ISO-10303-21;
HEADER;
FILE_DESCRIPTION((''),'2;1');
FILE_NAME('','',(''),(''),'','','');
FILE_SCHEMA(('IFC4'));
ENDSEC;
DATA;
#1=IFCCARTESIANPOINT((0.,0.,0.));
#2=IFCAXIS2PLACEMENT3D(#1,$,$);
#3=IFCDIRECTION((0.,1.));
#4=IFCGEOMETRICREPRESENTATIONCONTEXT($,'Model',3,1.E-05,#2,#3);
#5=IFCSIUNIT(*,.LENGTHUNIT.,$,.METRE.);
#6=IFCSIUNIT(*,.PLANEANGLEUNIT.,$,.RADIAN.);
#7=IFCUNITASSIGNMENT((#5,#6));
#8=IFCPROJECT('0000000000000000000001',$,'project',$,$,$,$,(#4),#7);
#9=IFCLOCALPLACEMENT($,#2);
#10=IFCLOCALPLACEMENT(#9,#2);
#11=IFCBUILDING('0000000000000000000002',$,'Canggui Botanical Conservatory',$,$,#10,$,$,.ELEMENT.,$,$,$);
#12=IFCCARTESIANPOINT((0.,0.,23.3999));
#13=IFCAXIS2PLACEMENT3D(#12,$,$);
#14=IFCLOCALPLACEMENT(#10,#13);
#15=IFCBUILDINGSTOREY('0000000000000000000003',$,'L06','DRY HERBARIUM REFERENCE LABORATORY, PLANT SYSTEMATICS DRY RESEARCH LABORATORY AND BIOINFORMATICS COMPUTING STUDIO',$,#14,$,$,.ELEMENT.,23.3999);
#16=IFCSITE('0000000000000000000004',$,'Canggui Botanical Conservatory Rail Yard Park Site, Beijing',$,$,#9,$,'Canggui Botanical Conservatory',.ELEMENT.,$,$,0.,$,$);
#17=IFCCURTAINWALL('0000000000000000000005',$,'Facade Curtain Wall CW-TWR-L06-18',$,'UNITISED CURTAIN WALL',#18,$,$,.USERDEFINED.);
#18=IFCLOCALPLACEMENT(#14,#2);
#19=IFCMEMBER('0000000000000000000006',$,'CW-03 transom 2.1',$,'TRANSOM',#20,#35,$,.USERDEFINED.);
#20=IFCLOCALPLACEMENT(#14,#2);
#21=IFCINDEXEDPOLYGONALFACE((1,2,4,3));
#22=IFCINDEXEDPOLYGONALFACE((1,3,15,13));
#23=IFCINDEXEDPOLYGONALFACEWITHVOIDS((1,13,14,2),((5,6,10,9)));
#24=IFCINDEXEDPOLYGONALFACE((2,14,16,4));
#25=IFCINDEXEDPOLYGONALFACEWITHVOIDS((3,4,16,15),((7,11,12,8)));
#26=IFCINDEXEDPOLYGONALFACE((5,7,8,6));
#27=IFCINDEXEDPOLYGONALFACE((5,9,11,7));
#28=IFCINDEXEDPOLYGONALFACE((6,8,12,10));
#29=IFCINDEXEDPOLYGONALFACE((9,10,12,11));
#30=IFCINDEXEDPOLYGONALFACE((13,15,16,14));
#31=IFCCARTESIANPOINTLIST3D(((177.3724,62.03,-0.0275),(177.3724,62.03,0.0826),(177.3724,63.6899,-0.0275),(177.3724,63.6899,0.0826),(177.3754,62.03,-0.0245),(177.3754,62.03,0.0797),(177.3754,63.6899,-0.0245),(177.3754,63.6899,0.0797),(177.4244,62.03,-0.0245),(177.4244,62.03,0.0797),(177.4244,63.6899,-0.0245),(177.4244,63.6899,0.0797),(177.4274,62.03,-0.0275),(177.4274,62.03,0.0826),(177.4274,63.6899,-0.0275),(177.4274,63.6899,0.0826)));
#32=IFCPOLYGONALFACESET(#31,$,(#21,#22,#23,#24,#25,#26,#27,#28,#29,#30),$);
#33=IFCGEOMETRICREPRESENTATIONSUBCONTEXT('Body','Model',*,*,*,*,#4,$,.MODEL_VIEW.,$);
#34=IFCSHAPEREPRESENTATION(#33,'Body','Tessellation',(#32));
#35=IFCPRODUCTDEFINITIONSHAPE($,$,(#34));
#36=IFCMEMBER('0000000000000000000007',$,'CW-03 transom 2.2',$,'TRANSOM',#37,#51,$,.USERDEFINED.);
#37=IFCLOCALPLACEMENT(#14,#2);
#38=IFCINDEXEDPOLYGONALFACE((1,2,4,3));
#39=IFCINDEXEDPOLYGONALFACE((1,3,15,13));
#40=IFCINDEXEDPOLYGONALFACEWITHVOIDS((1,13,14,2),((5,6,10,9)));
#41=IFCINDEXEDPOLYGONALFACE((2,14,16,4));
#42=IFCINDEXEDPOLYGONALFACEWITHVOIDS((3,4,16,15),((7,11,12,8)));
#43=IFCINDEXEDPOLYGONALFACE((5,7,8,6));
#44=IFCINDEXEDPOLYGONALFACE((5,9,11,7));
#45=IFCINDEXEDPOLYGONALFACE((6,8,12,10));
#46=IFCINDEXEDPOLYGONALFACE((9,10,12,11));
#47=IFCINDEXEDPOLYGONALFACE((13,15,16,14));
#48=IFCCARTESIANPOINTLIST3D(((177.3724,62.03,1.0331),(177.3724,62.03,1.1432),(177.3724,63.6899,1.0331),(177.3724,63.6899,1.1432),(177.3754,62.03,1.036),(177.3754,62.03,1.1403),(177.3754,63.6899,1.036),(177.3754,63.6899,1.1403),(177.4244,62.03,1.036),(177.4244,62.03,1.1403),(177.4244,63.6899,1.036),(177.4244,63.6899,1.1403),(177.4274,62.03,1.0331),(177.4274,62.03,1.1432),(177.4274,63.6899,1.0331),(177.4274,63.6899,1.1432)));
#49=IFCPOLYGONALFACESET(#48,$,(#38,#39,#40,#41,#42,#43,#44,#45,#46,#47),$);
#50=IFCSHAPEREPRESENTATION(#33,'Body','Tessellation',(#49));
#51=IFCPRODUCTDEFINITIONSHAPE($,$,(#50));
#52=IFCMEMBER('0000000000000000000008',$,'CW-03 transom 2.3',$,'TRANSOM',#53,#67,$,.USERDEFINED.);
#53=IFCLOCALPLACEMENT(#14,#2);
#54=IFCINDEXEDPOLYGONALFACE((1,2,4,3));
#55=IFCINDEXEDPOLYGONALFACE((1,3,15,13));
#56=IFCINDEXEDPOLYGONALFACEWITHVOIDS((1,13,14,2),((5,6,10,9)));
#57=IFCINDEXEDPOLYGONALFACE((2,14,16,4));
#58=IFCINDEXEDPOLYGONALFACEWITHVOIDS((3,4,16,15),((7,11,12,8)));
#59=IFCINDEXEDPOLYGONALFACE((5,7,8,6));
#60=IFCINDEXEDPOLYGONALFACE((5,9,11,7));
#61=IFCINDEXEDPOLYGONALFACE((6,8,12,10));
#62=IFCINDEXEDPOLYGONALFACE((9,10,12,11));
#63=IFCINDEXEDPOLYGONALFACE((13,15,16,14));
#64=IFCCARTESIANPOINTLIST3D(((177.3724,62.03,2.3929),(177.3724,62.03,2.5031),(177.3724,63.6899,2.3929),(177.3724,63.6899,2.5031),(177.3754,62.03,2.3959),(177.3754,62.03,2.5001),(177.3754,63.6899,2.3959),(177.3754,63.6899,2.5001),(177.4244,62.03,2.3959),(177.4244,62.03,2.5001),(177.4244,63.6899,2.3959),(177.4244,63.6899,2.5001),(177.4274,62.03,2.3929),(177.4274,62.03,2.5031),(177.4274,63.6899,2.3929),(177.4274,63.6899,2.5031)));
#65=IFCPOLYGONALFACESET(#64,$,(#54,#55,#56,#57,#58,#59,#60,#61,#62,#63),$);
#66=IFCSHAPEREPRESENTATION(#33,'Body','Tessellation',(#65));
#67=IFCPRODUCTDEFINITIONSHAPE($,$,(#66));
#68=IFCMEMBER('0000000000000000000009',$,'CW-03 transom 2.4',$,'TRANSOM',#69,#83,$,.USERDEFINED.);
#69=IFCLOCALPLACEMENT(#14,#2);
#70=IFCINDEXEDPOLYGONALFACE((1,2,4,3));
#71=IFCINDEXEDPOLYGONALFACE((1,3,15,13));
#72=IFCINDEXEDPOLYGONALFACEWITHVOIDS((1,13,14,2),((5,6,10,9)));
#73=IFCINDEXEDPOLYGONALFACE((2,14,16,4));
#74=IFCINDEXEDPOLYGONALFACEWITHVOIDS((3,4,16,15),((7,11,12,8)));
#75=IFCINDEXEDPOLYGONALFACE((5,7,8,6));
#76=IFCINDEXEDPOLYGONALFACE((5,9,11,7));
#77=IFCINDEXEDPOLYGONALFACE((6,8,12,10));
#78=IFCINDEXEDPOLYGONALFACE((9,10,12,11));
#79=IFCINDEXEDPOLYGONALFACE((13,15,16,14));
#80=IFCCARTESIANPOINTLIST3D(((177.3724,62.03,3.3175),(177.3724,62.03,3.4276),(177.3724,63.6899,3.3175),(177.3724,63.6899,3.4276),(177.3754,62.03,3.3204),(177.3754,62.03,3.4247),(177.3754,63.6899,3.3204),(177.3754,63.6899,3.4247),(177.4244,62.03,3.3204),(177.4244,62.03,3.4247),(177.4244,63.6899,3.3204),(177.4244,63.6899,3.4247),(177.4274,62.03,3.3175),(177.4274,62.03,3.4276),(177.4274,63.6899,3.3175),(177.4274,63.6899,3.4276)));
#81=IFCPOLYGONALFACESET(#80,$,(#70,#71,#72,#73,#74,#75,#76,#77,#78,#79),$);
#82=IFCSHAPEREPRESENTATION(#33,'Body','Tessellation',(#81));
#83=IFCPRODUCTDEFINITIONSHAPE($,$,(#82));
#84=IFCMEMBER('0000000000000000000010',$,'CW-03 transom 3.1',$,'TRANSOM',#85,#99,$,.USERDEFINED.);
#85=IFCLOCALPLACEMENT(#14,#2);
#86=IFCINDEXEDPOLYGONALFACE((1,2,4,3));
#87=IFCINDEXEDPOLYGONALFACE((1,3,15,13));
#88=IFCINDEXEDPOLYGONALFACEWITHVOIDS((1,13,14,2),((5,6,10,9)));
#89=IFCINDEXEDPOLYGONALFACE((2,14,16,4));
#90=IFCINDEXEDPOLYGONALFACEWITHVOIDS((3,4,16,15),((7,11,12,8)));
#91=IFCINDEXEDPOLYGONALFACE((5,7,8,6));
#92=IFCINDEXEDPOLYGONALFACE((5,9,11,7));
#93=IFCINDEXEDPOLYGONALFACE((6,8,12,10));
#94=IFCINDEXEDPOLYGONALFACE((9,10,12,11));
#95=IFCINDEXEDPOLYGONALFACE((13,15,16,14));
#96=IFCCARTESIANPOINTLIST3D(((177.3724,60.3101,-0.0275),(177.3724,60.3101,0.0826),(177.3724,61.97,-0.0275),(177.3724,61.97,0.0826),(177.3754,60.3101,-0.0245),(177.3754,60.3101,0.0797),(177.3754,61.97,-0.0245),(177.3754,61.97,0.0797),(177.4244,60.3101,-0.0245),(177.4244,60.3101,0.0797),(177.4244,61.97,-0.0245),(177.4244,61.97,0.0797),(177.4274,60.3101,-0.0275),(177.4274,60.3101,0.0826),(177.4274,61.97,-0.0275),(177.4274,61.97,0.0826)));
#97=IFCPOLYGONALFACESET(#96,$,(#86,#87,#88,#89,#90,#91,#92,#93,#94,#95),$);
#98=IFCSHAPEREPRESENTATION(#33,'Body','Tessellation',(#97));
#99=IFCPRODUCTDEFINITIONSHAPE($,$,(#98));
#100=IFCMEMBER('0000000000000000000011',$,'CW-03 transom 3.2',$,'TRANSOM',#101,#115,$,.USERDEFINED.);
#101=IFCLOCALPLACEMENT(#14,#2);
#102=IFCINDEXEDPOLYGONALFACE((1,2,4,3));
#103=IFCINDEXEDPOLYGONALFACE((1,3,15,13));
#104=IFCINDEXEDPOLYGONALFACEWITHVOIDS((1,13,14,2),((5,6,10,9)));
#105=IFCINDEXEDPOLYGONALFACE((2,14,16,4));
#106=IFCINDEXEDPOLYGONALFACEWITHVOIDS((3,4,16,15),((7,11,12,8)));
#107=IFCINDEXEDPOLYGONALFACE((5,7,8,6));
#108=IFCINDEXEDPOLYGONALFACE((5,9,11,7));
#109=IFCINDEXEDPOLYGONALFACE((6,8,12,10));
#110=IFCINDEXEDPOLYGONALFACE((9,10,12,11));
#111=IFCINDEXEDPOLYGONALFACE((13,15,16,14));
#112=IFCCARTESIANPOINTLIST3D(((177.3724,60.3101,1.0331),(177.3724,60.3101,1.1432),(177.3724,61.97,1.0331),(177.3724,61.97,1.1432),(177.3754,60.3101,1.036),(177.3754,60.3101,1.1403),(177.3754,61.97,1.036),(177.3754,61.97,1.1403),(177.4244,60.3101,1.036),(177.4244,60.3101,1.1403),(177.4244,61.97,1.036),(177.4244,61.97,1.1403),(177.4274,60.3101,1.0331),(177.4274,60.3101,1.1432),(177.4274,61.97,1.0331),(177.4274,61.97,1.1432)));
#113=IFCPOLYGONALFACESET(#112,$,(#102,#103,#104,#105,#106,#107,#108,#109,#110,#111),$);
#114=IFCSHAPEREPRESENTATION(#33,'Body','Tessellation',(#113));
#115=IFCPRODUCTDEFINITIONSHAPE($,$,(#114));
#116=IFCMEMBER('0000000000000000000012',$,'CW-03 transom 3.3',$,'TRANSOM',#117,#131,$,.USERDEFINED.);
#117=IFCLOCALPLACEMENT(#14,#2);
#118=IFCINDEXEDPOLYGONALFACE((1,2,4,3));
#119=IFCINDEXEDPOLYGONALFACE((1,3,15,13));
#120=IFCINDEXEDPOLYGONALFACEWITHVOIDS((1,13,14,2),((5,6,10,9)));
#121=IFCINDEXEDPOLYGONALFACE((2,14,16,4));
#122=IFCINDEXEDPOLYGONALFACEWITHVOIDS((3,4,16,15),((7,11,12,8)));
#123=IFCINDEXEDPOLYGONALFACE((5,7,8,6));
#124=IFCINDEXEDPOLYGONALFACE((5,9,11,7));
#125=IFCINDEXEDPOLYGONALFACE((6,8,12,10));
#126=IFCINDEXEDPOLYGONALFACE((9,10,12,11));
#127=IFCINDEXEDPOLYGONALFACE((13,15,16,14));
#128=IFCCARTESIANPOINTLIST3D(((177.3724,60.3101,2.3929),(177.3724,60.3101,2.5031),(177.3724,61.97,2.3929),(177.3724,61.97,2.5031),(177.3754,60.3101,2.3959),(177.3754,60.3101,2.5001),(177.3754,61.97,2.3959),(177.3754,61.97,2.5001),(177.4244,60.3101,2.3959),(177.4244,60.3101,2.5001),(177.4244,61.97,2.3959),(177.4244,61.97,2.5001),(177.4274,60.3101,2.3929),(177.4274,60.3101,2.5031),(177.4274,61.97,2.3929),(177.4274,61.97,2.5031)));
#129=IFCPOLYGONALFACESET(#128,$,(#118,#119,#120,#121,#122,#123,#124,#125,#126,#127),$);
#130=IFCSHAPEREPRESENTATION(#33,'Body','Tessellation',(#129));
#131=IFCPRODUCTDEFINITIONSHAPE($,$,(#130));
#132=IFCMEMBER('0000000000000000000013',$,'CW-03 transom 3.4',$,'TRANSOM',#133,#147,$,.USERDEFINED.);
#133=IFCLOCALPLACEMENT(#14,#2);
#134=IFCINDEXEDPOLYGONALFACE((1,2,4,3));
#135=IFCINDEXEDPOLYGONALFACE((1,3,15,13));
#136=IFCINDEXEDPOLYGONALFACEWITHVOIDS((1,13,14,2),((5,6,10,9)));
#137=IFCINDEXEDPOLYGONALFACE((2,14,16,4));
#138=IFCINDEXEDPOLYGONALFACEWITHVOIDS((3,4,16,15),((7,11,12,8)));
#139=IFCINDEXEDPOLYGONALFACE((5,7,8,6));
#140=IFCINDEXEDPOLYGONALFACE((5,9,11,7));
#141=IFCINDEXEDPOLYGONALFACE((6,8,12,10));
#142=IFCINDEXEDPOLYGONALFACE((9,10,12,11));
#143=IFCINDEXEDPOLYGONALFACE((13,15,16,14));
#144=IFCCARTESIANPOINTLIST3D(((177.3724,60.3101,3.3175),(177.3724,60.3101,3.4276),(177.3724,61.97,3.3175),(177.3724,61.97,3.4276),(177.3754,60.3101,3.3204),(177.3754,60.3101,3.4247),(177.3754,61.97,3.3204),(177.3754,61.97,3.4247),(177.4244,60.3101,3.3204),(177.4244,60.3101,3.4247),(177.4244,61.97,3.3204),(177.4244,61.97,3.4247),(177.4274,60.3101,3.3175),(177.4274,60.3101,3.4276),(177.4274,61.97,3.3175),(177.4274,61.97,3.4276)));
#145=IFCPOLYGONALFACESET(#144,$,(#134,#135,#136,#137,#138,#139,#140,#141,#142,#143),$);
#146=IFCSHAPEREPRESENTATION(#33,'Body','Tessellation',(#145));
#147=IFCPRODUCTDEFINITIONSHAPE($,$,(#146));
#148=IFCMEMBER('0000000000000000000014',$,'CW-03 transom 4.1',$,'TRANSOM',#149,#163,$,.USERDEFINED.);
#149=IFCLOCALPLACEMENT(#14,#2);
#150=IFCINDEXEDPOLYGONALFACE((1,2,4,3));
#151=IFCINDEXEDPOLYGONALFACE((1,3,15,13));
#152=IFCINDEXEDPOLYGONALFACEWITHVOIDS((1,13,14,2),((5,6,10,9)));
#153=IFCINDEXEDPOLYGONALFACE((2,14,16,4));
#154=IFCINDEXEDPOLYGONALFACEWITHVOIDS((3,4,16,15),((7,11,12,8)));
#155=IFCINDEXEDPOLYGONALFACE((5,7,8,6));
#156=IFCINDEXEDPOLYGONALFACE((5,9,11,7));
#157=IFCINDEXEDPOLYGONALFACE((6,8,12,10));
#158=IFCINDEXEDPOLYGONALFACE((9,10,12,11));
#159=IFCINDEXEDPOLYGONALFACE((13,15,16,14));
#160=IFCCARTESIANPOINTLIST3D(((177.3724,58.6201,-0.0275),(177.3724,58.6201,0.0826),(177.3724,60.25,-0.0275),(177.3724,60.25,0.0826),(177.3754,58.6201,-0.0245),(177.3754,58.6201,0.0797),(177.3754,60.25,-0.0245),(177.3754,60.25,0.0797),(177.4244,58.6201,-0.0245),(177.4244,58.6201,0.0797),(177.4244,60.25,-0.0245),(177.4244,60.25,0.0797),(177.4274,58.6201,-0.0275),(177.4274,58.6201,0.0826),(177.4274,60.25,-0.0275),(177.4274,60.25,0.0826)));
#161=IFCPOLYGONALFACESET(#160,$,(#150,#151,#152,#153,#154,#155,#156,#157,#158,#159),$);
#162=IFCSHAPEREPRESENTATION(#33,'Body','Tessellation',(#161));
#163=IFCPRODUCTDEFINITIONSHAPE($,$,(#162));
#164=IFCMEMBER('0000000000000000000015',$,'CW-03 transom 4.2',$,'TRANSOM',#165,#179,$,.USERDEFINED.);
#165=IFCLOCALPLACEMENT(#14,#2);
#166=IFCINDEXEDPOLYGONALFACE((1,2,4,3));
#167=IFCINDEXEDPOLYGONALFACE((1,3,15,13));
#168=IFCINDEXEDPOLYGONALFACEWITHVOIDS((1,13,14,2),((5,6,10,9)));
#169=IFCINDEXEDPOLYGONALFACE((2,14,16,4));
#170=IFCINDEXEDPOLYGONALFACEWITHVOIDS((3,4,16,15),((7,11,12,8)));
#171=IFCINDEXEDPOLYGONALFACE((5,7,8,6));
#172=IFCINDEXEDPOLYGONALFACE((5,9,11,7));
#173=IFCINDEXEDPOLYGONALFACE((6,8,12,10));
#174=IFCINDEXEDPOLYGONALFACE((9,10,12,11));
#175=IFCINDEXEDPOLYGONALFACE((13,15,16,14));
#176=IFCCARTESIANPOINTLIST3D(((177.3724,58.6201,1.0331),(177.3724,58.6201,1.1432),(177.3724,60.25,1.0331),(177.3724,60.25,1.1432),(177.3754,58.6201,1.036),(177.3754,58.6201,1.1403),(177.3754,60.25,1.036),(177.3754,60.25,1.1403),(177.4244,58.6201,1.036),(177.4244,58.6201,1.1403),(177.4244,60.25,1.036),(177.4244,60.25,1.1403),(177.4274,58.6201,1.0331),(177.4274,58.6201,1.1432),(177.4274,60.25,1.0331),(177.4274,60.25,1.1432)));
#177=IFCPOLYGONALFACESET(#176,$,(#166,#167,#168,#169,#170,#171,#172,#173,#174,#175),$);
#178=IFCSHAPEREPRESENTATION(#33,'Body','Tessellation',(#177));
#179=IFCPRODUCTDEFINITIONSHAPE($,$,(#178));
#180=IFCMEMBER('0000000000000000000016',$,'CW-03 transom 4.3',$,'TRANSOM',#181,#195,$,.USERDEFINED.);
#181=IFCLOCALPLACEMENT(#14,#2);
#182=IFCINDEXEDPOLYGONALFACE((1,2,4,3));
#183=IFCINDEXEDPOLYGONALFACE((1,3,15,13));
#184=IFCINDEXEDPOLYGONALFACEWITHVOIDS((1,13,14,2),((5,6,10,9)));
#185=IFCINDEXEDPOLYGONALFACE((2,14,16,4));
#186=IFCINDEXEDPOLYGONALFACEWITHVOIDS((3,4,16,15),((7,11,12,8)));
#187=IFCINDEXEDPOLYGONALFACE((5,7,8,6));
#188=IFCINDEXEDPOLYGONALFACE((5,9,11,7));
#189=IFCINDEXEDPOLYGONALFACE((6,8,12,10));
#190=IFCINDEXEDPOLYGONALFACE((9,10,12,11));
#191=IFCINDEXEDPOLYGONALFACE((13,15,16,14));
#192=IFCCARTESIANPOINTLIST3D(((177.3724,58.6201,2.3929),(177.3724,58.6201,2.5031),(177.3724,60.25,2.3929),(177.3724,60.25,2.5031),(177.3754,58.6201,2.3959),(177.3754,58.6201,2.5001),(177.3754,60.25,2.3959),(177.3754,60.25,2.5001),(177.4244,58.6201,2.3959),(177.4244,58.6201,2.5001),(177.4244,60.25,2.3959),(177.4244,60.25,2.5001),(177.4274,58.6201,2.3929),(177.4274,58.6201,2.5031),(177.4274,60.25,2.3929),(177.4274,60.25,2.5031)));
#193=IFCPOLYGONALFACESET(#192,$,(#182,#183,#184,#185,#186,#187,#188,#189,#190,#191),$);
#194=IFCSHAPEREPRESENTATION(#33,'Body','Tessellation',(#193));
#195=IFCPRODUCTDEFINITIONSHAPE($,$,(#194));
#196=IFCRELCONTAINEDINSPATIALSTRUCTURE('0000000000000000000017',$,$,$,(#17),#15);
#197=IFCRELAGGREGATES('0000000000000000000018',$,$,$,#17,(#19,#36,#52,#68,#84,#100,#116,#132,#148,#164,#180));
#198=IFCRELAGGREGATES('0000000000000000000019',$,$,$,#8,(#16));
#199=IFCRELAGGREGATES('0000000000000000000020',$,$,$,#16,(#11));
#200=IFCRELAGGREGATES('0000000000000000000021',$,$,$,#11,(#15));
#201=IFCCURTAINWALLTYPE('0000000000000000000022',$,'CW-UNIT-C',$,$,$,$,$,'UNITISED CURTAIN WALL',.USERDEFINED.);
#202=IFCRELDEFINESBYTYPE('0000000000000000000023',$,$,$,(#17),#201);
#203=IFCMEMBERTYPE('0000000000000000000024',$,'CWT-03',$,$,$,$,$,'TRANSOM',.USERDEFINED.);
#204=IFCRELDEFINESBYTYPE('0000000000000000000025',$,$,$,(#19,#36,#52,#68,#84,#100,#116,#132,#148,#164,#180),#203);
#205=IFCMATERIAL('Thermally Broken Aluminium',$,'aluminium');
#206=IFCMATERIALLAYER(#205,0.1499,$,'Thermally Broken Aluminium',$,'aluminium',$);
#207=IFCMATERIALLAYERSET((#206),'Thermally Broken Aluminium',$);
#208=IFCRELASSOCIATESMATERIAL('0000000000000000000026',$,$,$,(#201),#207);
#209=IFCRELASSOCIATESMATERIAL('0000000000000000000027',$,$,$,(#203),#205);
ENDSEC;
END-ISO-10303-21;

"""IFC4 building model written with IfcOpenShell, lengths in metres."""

from ifc_helpers import new_model, si_unit, direction, frame, origin, origin_2d, place, context, subcontext, project, spatial, hollow_rectangle, extrude, material, layer, layer_set, material_profile, profile_set, type_object, element, aggregate, save


model = new_model("IFC4")

# Units and contexts
model_context = context("Model", 3, precision=1e-05, world=origin(), true_north=direction((0.0, 1.0)))
body_context = subcontext(model_context, "Body", "Model", "MODEL_VIEW")
ifc_project = project(units=[si_unit("LENGTHUNIT", "METRE"), si_unit("PLANEANGLEUNIT", "RADIAN")], contexts=[model_context])

# Site, building, storey
site_placement = place(None, origin())
site = spatial("IfcSite", under=ifc_project, at=site_placement, Name="Canggui Botanical Conservatory Rail Yard Park Site, Beijing", LongName="Canggui Botanical Conservatory", CompositionType="ELEMENT", RefElevation=0.0)
building_placement = place(site_placement, origin())
building = spatial("IfcBuilding", under=site, at=building_placement, Name="Canggui Botanical Conservatory", CompositionType="ELEMENT")
storey_placement = place(building_placement, frame((0.0, 0.0, 23.3999)))
storey = spatial("IfcBuildingStorey", under=building, at=storey_placement, Name="L06", Description="DRY HERBARIUM REFERENCE LABORATORY, PLANT SYSTEMATICS DRY RESEARCH LABORATORY AND BIOINFORMATICS COMPUTING STUDIO", CompositionType="ELEMENT", Elevation=23.3999)

# Curtain wall, members
ifc_material_1 = material(Name="Thermally Broken Aluminium", Category="aluminium")
ifc_layer_1 = layer(ifc_material_1, 0.1499, Name="Thermally Broken Aluminium", Category="aluminium")
ifc_layer_set_1 = layer_set([ifc_layer_1], Name="Thermally Broken Aluminium")
curtain_wall_type = type_object("IfcCurtainWallType", Name="CW-UNIT-C", ElementType="UNITISED CURTAIN WALL", PredefinedType="USERDEFINED", material=ifc_layer_set_1)
curtain_wall_placement = place(storey_placement, origin())
curtain_wall = element("IfcCurtainWall", 1, at=curtain_wall_placement, inside=storey, type_object=curtain_wall_type, Name="Facade Curtain Wall CW-TWR-L06-18", ObjectType="UNITISED CURTAIN WALL", PredefinedType="USERDEFINED")
ifc_material_profile_1 = material_profile(ifc_material_1, hollow_rectangle(XDim=0.0549, YDim=0.1101, WallThickness=0.0029, at=origin_2d()), Name="CWT 55x110x3")
ifc_profile_set_1 = profile_set([ifc_material_profile_1], Name="Thermally Broken Aluminium")
member_type_1 = type_object("IfcMemberType", Name="CWT-03", ElementType="TRANSOM", PredefinedType="USERDEFINED", material=ifc_profile_set_1)
member_1_placement = place(storey_placement, frame((177.3999, 63.6899, 0.0276), z_axis=(0.0, -1.0, 0.0), x_axis=(1.0, 0.0, 0.0)))
member_1 = element("IfcMember", 2, at=member_1_placement, type_object=member_type_1, Name="CW-03 transom 2.1", ObjectType="TRANSOM", PredefinedType="USERDEFINED", context=body_context, shape_type="SweptSolid", body=[
    extrude(hollow_rectangle(XDim=0.0549, YDim=0.1101, WallThickness=0.0029, at=origin_2d()), origin(), (0.0, 0.0, 1.0), 1.6599),
])
member_2_placement = place(storey_placement, frame((177.3999, 63.6899, 1.0881), z_axis=(0.0, -1.0, 0.0), x_axis=(1.0, 0.0, 0.0)))
member_2 = element("IfcMember", 3, at=member_2_placement, type_object=member_type_1, Name="CW-03 transom 2.2", ObjectType="TRANSOM", PredefinedType="USERDEFINED", context=body_context, shape_type="SweptSolid", body=[
    extrude(hollow_rectangle(XDim=0.0549, YDim=0.1101, WallThickness=0.0029, at=origin_2d()), origin(), (0.0, 0.0, 1.0), 1.6599),
])
member_3_placement = place(storey_placement, frame((177.3999, 63.6899, 2.448), z_axis=(0.0, -1.0, 0.0), x_axis=(1.0, 0.0, 0.0)))
member_3 = element("IfcMember", 4, at=member_3_placement, type_object=member_type_1, Name="CW-03 transom 2.3", ObjectType="TRANSOM", PredefinedType="USERDEFINED", context=body_context, shape_type="SweptSolid", body=[
    extrude(hollow_rectangle(XDim=0.0549, YDim=0.1101, WallThickness=0.0029, at=origin_2d()), origin(), (0.0, 0.0, 1.0), 1.6599),
])
member_4_placement = place(storey_placement, frame((177.3999, 63.6899, 3.3726), z_axis=(0.0, -1.0, 0.0), x_axis=(1.0, 0.0, 0.0)))
member_4 = element("IfcMember", 5, at=member_4_placement, type_object=member_type_1, Name="CW-03 transom 2.4", ObjectType="TRANSOM", PredefinedType="USERDEFINED", context=body_context, shape_type="SweptSolid", body=[
    extrude(hollow_rectangle(XDim=0.0549, YDim=0.1101, WallThickness=0.0029, at=origin_2d()), origin(), (0.0, 0.0, 1.0), 1.6599),
])
member_5_placement = place(storey_placement, frame((177.3999, 61.97, 0.0276), z_axis=(0.0, -1.0, 0.0), x_axis=(1.0, 0.0, 0.0)))
member_5 = element("IfcMember", 6, at=member_5_placement, type_object=member_type_1, Name="CW-03 transom 3.1", ObjectType="TRANSOM", PredefinedType="USERDEFINED", context=body_context, shape_type="SweptSolid", body=[
    extrude(hollow_rectangle(XDim=0.0549, YDim=0.1101, WallThickness=0.0029, at=origin_2d()), origin(), (0.0, 0.0, 1.0), 1.6599),
])
member_6_placement = place(storey_placement, frame((177.3999, 61.97, 1.0881), z_axis=(0.0, -1.0, 0.0), x_axis=(1.0, 0.0, 0.0)))
member_6 = element("IfcMember", 7, at=member_6_placement, type_object=member_type_1, Name="CW-03 transom 3.2", ObjectType="TRANSOM", PredefinedType="USERDEFINED", context=body_context, shape_type="SweptSolid", body=[
    extrude(hollow_rectangle(XDim=0.0549, YDim=0.1101, WallThickness=0.0029, at=origin_2d()), origin(), (0.0, 0.0, 1.0), 1.6599),
])
member_7_placement = place(storey_placement, frame((177.3999, 61.97, 2.448), z_axis=(0.0, -1.0, 0.0), x_axis=(1.0, 0.0, 0.0)))
member_7 = element("IfcMember", 8, at=member_7_placement, type_object=member_type_1, Name="CW-03 transom 3.3", ObjectType="TRANSOM", PredefinedType="USERDEFINED", context=body_context, shape_type="SweptSolid", body=[
    extrude(hollow_rectangle(XDim=0.0549, YDim=0.1101, WallThickness=0.0029, at=origin_2d()), origin(), (0.0, 0.0, 1.0), 1.6599),
])
member_8_placement = place(storey_placement, frame((177.3999, 61.97, 3.3726), z_axis=(0.0, -1.0, 0.0), x_axis=(1.0, 0.0, 0.0)))
member_8 = element("IfcMember", 9, at=member_8_placement, type_object=member_type_1, Name="CW-03 transom 3.4", ObjectType="TRANSOM", PredefinedType="USERDEFINED", context=body_context, shape_type="SweptSolid", body=[
    extrude(hollow_rectangle(XDim=0.0549, YDim=0.1101, WallThickness=0.0029, at=origin_2d()), origin(), (0.0, 0.0, 1.0), 1.6599),
])
member_9_placement = place(storey_placement, frame((177.3999, 60.25, 0.0276), z_axis=(0.0, -1.0, 0.0), x_axis=(1.0, 0.0, 0.0)))
member_9 = element("IfcMember", 10, at=member_9_placement, type_object=member_type_1, Name="CW-03 transom 4.1", ObjectType="TRANSOM", PredefinedType="USERDEFINED", context=body_context, shape_type="SweptSolid", body=[
    extrude(hollow_rectangle(XDim=0.0549, YDim=0.1101, WallThickness=0.0029, at=origin_2d()), origin(), (0.0, 0.0, 1.0), 1.6299),
])
member_10_placement = place(storey_placement, frame((177.3999, 60.25, 1.0881), z_axis=(0.0, -1.0, 0.0), x_axis=(1.0, 0.0, 0.0)))
member_10 = element("IfcMember", 11, at=member_10_placement, type_object=member_type_1, Name="CW-03 transom 4.2", ObjectType="TRANSOM", PredefinedType="USERDEFINED", context=body_context, shape_type="SweptSolid", body=[
    extrude(hollow_rectangle(XDim=0.0549, YDim=0.1101, WallThickness=0.0029, at=origin_2d()), origin(), (0.0, 0.0, 1.0), 1.6299),
])
member_11_placement = place(storey_placement, frame((177.3999, 60.25, 2.448), z_axis=(0.0, -1.0, 0.0), x_axis=(1.0, 0.0, 0.0)))
member_11 = element("IfcMember", 12, at=member_11_placement, type_object=member_type_1, Name="CW-03 transom 4.3", ObjectType="TRANSOM", PredefinedType="USERDEFINED", context=body_context, shape_type="SweptSolid", body=[
    extrude(hollow_rectangle(XDim=0.0549, YDim=0.1101, WallThickness=0.0029, at=origin_2d()), origin(), (0.0, 0.0, 1.0), 1.6299),
])
aggregate(curtain_wall, [member_1, member_2, member_3, member_4, member_5, member_6, member_7, member_8, member_9, member_10, member_11])

save(model, "model.ifc")
